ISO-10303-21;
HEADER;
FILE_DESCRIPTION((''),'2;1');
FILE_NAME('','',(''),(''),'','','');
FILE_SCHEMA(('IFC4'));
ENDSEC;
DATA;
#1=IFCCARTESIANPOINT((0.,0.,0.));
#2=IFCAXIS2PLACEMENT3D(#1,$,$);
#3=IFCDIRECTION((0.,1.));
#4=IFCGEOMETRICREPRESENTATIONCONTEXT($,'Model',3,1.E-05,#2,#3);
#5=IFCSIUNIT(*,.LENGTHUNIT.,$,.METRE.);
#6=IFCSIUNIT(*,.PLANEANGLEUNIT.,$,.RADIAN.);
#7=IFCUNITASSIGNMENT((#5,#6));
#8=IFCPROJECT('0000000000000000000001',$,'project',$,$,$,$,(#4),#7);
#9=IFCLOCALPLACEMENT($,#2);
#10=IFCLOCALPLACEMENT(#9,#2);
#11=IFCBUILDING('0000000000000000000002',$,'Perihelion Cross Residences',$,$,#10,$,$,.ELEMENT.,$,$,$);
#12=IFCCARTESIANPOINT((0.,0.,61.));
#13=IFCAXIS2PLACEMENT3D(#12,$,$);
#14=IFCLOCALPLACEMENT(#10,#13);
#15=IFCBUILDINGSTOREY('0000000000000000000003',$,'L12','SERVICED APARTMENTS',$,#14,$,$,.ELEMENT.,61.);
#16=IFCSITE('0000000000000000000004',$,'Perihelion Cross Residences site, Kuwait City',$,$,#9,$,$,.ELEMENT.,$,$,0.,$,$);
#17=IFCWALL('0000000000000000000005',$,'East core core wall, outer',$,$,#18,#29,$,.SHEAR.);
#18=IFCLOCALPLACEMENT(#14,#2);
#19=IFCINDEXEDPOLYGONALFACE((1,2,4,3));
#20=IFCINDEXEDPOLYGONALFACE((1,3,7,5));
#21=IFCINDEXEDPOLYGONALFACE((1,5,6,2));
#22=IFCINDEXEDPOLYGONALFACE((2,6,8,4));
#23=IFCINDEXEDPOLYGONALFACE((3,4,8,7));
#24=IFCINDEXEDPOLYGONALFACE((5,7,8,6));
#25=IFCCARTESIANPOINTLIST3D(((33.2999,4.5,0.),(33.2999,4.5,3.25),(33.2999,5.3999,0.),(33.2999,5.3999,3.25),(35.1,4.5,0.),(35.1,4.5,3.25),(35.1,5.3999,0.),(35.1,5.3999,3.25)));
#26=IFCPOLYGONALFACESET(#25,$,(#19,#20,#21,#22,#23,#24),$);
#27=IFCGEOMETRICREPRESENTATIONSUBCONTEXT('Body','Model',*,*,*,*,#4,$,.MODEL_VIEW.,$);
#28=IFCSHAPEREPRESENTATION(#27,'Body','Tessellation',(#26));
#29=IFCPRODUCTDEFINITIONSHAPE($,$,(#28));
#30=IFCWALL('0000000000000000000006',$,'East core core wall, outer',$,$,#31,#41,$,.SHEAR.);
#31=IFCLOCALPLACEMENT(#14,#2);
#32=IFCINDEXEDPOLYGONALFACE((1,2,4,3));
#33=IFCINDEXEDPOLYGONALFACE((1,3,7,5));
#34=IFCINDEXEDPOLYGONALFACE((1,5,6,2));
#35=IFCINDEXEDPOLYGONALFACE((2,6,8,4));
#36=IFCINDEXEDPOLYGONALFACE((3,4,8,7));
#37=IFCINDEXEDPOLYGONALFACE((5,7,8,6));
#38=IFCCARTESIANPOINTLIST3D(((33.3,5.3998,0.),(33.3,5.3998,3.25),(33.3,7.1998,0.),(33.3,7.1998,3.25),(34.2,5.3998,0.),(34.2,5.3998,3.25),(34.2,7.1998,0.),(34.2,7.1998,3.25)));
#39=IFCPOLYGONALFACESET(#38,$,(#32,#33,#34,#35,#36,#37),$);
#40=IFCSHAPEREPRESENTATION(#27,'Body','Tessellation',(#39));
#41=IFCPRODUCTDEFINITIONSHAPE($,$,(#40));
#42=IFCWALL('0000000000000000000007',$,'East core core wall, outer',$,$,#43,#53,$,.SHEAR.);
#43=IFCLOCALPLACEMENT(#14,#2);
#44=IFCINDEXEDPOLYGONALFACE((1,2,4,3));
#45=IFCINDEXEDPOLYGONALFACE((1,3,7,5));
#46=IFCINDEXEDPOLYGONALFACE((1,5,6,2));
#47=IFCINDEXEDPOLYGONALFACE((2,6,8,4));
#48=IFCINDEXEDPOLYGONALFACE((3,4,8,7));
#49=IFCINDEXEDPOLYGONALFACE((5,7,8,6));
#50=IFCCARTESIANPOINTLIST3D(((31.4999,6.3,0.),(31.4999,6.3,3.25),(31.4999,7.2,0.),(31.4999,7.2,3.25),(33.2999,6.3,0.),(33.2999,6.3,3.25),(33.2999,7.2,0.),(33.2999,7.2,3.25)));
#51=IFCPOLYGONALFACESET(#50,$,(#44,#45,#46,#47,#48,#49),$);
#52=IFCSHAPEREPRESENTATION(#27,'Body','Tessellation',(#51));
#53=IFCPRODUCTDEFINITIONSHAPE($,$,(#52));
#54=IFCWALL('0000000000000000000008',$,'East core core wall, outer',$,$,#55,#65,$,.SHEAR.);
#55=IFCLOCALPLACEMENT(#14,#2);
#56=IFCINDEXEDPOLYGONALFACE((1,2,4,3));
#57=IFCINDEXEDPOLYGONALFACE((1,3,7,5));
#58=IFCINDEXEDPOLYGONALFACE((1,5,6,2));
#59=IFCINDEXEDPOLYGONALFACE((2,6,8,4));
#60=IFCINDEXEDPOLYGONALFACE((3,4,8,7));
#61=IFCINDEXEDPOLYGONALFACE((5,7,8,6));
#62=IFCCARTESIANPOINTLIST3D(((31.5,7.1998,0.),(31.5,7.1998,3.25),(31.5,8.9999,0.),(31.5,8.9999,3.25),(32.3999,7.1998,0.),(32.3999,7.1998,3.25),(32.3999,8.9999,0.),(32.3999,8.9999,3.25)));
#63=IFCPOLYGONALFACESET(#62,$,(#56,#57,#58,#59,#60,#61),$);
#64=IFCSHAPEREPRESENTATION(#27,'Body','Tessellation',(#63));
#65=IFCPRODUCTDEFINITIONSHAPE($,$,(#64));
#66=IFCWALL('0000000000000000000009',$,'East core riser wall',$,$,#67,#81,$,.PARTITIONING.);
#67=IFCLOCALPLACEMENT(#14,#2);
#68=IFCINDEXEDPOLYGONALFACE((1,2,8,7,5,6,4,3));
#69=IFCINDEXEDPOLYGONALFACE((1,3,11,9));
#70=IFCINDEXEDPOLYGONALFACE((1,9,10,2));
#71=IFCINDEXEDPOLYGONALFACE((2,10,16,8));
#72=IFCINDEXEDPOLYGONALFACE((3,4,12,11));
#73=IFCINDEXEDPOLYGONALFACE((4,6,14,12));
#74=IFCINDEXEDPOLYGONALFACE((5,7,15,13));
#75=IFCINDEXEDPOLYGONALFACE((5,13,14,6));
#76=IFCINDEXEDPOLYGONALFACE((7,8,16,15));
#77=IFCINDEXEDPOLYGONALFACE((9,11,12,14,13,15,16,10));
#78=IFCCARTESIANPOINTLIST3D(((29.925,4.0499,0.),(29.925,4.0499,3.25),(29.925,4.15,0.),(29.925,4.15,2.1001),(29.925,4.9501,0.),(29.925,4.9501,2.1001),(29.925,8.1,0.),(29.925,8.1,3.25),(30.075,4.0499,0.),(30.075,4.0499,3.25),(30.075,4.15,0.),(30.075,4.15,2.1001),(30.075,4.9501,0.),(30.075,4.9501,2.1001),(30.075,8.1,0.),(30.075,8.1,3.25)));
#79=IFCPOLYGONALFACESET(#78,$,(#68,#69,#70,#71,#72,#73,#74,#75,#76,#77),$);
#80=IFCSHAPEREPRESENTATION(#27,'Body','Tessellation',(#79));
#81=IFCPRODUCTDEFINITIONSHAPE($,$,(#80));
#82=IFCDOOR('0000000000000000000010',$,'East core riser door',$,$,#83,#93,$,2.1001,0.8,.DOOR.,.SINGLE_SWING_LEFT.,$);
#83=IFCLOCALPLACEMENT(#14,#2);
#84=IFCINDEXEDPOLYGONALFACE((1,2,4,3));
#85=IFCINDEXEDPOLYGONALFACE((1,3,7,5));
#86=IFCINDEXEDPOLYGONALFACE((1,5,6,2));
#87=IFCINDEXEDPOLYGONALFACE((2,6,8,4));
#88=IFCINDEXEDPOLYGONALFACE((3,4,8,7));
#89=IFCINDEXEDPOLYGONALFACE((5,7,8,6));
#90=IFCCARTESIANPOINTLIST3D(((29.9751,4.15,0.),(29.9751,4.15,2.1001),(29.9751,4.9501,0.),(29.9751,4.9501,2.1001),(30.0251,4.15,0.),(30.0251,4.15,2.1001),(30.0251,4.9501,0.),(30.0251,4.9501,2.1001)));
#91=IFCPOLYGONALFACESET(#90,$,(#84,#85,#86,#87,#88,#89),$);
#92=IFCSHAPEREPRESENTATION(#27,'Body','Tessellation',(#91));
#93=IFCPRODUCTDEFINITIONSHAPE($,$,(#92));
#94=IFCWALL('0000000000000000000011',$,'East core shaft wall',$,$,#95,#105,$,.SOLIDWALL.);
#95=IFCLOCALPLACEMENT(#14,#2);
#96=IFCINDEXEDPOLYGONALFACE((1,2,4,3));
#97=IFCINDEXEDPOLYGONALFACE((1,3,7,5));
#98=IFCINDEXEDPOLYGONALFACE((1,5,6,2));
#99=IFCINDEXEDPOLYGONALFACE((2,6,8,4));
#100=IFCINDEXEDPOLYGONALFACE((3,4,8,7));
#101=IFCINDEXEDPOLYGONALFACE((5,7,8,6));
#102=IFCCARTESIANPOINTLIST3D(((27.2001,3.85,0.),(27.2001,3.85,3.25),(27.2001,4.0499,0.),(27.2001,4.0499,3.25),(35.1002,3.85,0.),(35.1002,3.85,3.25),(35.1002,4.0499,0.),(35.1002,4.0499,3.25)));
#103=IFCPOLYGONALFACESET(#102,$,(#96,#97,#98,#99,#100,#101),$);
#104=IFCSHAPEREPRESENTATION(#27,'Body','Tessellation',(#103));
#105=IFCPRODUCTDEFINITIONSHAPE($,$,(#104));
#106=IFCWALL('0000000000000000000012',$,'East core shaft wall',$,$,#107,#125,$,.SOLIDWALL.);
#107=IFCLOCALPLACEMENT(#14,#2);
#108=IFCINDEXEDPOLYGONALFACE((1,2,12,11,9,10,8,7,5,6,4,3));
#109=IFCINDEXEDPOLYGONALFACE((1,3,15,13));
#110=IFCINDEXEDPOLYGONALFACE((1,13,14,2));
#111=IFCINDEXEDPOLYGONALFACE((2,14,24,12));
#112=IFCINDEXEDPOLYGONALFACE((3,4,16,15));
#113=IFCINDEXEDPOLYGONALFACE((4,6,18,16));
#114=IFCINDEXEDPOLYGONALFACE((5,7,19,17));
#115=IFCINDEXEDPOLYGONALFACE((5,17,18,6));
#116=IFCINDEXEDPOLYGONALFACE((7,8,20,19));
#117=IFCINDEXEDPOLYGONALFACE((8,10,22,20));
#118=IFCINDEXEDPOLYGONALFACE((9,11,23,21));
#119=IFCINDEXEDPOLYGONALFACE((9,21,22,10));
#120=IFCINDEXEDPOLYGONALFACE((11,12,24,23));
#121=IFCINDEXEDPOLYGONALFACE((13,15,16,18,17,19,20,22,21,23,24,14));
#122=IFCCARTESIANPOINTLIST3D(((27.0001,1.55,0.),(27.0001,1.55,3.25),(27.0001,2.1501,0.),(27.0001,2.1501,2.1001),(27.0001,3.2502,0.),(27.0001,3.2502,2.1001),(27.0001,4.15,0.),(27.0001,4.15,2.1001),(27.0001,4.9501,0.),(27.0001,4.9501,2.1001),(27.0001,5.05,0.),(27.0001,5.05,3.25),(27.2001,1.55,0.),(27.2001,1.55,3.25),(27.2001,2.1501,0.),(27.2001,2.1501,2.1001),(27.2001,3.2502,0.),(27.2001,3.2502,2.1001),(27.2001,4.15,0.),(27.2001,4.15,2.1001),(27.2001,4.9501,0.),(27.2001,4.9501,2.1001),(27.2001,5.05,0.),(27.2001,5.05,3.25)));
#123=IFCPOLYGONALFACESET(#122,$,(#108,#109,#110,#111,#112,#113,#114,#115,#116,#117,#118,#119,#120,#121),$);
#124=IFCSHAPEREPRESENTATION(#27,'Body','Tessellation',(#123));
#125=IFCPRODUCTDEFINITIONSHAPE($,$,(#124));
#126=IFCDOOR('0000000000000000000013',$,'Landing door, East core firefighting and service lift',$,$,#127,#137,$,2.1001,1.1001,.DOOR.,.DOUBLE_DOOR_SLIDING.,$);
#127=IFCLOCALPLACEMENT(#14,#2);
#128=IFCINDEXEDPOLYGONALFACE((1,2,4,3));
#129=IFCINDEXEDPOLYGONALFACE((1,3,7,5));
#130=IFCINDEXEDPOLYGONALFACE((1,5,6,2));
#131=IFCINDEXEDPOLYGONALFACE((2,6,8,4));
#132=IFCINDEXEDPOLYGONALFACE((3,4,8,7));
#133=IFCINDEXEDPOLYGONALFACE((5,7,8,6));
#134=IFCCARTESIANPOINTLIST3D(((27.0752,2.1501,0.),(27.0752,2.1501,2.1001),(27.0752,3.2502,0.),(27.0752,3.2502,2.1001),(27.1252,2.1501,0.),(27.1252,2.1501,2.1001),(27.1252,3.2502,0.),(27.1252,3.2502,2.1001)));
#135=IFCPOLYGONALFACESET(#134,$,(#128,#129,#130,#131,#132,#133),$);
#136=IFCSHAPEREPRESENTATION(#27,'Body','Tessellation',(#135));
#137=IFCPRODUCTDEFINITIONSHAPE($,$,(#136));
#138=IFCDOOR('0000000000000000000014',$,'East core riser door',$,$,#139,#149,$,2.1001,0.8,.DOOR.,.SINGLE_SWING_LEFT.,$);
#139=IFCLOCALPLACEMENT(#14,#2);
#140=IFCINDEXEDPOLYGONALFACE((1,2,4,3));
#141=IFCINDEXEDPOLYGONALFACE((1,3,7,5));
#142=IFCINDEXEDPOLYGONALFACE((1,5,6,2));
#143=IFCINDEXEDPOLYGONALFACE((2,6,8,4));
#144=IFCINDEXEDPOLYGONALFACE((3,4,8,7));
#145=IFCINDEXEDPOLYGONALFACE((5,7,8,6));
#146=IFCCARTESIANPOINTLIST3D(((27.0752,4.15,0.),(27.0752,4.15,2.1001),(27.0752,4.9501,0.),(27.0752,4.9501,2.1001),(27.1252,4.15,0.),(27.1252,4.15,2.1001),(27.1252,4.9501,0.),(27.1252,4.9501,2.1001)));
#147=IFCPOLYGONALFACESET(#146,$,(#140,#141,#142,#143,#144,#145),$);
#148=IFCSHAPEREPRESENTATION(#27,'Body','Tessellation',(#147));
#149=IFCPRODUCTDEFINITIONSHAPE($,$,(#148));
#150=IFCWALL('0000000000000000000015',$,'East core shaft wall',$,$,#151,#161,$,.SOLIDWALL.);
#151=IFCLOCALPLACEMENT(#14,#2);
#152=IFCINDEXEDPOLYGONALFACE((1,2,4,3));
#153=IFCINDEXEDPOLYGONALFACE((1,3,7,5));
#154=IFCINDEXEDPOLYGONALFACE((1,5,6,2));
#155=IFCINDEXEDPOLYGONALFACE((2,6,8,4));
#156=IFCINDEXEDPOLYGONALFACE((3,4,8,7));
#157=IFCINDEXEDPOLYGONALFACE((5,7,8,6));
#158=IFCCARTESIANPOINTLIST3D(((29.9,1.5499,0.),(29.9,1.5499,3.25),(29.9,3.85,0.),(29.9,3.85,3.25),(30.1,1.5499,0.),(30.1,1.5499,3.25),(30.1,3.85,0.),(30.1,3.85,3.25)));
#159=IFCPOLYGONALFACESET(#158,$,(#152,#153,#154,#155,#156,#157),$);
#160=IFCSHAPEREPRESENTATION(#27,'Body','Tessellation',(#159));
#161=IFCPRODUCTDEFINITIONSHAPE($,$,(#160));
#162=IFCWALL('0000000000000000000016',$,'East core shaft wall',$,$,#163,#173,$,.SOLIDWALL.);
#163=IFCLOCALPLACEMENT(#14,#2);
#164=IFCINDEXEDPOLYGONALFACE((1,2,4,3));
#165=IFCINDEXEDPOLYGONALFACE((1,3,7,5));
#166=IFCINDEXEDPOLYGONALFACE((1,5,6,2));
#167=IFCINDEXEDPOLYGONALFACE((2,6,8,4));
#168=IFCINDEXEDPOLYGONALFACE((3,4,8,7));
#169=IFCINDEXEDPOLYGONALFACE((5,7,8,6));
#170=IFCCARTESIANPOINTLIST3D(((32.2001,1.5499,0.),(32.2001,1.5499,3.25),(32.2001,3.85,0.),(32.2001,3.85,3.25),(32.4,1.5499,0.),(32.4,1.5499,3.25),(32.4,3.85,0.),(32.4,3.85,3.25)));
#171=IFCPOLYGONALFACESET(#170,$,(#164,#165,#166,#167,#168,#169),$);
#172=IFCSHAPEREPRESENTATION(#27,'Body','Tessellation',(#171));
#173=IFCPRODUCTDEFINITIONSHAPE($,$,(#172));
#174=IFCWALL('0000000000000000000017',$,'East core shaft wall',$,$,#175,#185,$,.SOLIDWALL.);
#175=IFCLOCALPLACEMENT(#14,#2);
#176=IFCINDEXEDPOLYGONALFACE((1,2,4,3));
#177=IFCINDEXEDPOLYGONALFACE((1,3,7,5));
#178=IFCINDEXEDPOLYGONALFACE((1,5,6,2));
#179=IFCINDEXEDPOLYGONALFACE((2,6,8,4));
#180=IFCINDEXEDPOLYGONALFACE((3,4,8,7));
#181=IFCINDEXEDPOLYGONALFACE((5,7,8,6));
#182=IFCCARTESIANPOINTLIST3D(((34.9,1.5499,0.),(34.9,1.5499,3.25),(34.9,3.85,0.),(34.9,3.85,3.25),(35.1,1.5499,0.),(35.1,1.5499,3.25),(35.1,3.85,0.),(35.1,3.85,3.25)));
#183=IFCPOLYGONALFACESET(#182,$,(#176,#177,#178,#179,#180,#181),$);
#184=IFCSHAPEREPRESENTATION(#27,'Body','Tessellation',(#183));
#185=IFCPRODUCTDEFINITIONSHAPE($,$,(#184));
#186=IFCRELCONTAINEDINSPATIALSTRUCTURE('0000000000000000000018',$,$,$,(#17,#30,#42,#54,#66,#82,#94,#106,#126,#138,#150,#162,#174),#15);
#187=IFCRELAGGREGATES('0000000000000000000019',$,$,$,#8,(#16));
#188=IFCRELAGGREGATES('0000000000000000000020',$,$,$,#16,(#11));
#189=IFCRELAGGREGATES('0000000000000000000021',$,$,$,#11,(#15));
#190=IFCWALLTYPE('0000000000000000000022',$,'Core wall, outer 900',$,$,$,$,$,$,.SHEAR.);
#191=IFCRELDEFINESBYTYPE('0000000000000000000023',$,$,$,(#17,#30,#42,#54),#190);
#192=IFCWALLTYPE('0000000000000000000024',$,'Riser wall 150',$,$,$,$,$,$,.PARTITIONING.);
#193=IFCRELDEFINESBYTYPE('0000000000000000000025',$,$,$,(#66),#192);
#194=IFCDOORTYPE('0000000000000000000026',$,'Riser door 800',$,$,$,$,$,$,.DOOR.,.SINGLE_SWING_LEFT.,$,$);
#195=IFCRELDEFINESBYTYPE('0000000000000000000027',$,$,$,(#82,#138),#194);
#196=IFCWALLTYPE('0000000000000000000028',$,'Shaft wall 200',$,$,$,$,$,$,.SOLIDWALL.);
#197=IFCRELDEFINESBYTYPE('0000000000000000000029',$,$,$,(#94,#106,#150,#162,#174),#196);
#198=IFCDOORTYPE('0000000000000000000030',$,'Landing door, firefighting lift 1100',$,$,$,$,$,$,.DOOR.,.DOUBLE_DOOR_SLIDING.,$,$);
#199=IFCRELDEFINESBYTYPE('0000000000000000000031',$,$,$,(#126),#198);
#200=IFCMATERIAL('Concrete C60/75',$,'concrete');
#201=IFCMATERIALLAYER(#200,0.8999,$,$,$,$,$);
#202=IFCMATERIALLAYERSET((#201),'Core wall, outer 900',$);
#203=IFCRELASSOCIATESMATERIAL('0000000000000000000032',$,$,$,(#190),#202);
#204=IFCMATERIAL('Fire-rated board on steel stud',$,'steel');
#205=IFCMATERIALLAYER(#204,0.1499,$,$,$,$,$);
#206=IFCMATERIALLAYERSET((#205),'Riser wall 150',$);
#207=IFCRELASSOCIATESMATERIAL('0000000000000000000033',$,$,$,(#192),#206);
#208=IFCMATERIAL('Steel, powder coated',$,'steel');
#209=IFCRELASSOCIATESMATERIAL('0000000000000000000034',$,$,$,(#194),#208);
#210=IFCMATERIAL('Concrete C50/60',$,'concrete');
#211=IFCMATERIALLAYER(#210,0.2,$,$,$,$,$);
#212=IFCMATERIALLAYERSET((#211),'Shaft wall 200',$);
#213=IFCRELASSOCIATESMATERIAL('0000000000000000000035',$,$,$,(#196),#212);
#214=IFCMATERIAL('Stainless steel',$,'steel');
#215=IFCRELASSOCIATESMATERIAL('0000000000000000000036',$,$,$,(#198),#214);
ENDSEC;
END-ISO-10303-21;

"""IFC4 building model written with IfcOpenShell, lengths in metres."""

from ifc_helpers import new_model, si_unit, direction, frame, frame_2d, origin, place, context, subcontext, project, spatial, rectangle, extrude, material, layer, layer_set, type_object, element, fill, save


model = new_model("IFC4")

# Units and contexts
model_context = context("Model", 3, precision=1e-05, world=origin(), true_north=direction((0.0, 1.0)))
body_context = subcontext(model_context, "Body", "Model", "MODEL_VIEW")
ifc_project = project(units=[si_unit("LENGTHUNIT", "METRE"), si_unit("PLANEANGLEUNIT", "RADIAN")], contexts=[model_context])

# Site, building, storey
site_placement = place(None, origin())
site = spatial("IfcSite", under=ifc_project, at=site_placement, Name="Perihelion Cross Residences site, Kuwait City", CompositionType="ELEMENT", RefElevation=0.0)
building_placement = place(site_placement, origin())
building = spatial("IfcBuilding", under=site, at=building_placement, Name="Perihelion Cross Residences", CompositionType="ELEMENT")
storey_placement = place(building_placement, frame((0.0, 0.0, 61.0)))
storey = spatial("IfcBuildingStorey", under=building, at=storey_placement, Name="L12", Description="SERVICED APARTMENTS", CompositionType="ELEMENT", Elevation=61.0)

# Walls
ifc_material_1 = material(Name="Concrete C60/75", Category="concrete")
ifc_layer_1 = layer(ifc_material_1, 0.8999)
ifc_layer_set_1 = layer_set([ifc_layer_1], Name="Core wall, outer 900")
wall_type_1 = type_object("IfcWallType", Name="Core wall, outer 900", PredefinedType="SHEAR", material=ifc_layer_set_1)
for number, where, z_axis, x_axis, name in (
    (1, (33.3, 4.95, 0.0), (0.0, 0.0, 1.0), (1.0, 0.0, 0.0), "East core core wall, outer"),
    (2, (33.75, 5.3999, 0.0), (0.0, 0.0, 1.0), (0.0, 1.0, 0.0), "East core core wall, outer"),
    (3, (31.5, 6.75, 0.0), (0.0, 0.0, 1.0), (1.0, 0.0, 0.0), "East core core wall, outer"),
    (4, (31.95, 7.2, 0.0), (0.0, 0.0, 1.0), (0.0, 1.0, 0.0), "East core core wall, outer"),
):
    element("IfcWall", number, at=place(storey_placement, frame(where, z_axis=z_axis, x_axis=x_axis)), inside=storey, type_object=wall_type_1, Name=name, PredefinedType="SHEAR", context=body_context, shape_type="SweptSolid", body=[
        extrude(rectangle(XDim=1.8, YDim=0.8999, at=frame_2d((0.8999, 0.0))), origin(), (0.0, 0.0, 1.0), 3.25),
    ])

# Wall, opening, door
ifc_material_2 = material(Name="Fire-rated board on steel stud", Category="steel")
ifc_layer_2 = layer(ifc_material_2, 0.1499)
ifc_layer_set_2 = layer_set([ifc_layer_2], Name="Riser wall 150")
wall_type_2 = type_object("IfcWallType", Name="Riser wall 150", PredefinedType="PARTITIONING", material=ifc_layer_set_2)
wall_1_placement = place(storey_placement, frame((30.0, 4.05, 0.0), z_axis=(0.0, 0.0, 1.0), x_axis=(0.0, 1.0, 0.0)))
wall_1 = element("IfcWall", 5, at=wall_1_placement, inside=storey, type_object=wall_type_2, Name="East core riser wall", PredefinedType="PARTITIONING", context=body_context, shape_type="SweptSolid", body=[
    extrude(rectangle(XDim=4.05, YDim=0.1499, at=frame_2d((2.0249, 0.0))), origin(), (0.0, 0.0, 1.0), 3.25),
])
opening_1_placement = place(wall_1_placement, frame((0.1001, 0.0, 0.0)))
opening_1 = element("IfcOpeningElement", 6, at=opening_1_placement, cuts=wall_1, PredefinedType="OPENING", context=body_context, shape_type="SweptSolid", body=[
    extrude(rectangle(XDim=0.8, YDim=2.1001, at=frame_2d((0.3999, 1.05))), frame((0.0, 0.085, 0.0), z_axis=(0.0, -1.0, 0.0), x_axis=(1.0, 0.0, 0.0)), (0.0, 0.0, 1.0), 0.1699),
])
ifc_material_3 = material(Name="Steel, powder coated", Category="steel")
door_type_1 = type_object("IfcDoorType", Name="Riser door 800", OperationType="SINGLE_SWING_LEFT", PredefinedType="DOOR", material=ifc_material_3)
door_1_placement = place(opening_1_placement, origin())
door_1 = element("IfcDoor", 7, at=door_1_placement, inside=storey, type_object=door_type_1, Name="East core riser door", OperationType="SINGLE_SWING_LEFT", OverallHeight=2.1001, OverallWidth=0.8, PredefinedType="DOOR", context=body_context, shape_type="SweptSolid", body=[
    extrude(rectangle(XDim=0.8, YDim=2.1001, at=frame_2d((0.3999, 1.05))), frame((0.0, 0.0249, 0.0), z_axis=(0.0, -1.0, 0.0), x_axis=(1.0, 0.0, 0.0)), (0.0, 0.0, 1.0), 0.05),
])
fill(opening_1, door_1)

# Wall
ifc_material_4 = material(Name="Concrete C50/60", Category="concrete")
ifc_layer_3 = layer(ifc_material_4, 0.2)
ifc_layer_set_3 = layer_set([ifc_layer_3], Name="Shaft wall 200")
wall_type_3 = type_object("IfcWallType", Name="Shaft wall 200", PredefinedType="SOLIDWALL", material=ifc_layer_set_3)
wall_2_placement = place(storey_placement, frame((27.2, 3.95, 0.0), z_axis=(0.0, 0.0, 1.0), x_axis=(1.0, 0.0, 0.0)))
element("IfcWall", 8, at=wall_2_placement, inside=storey, type_object=wall_type_3, Name="East core shaft wall", PredefinedType="SOLIDWALL", context=body_context, shape_type="SweptSolid", body=[
    extrude(rectangle(XDim=7.9001, YDim=0.2, at=frame_2d((3.9502, 0.0))), origin(), (0.0, 0.0, 1.0), 3.25),
])

# Wall, openings, doors
wall_3_placement = place(storey_placement, frame((27.1001, 1.55, 0.0), z_axis=(0.0, 0.0, 1.0), x_axis=(0.0, 1.0, 0.0)))
wall_3 = element("IfcWall", 9, at=wall_3_placement, inside=storey, type_object=wall_type_3, Name="East core shaft wall", PredefinedType="SOLIDWALL", context=body_context, shape_type="SweptSolid", body=[
    extrude(rectangle(XDim=3.5, YDim=0.2, at=frame_2d((1.75, 0.0))), origin(), (0.0, 0.0, 1.0), 3.25),
])
opening_2_placement = place(wall_3_placement, frame((0.6001, 0.0, 0.0)))
opening_2 = element("IfcOpeningElement", 10, at=opening_2_placement, cuts=wall_3, PredefinedType="OPENING", context=body_context, shape_type="SweptSolid", body=[
    extrude(rectangle(XDim=1.1001, YDim=2.1001, at=frame_2d((0.55, 1.05))), frame((0.0, 0.1099, 0.0), z_axis=(0.0, -1.0, 0.0), x_axis=(1.0, 0.0, 0.0)), (0.0, 0.0, 1.0), 0.22),
])
opening_3_placement = place(wall_3_placement, frame((2.6001, 0.0, 0.0)))
opening_3 = element("IfcOpeningElement", 11, at=opening_3_placement, cuts=wall_3, PredefinedType="OPENING", context=body_context, shape_type="SweptSolid", body=[
    extrude(rectangle(XDim=0.8, YDim=2.1001, at=frame_2d((0.3999, 1.05))), frame((0.0, 0.1099, 0.0), z_axis=(0.0, -1.0, 0.0), x_axis=(1.0, 0.0, 0.0)), (0.0, 0.0, 1.0), 0.22),
])
ifc_material_5 = material(Name="Stainless steel", Category="steel")
door_type_2 = type_object("IfcDoorType", Name="Landing door, firefighting lift 1100", OperationType="DOUBLE_DOOR_SLIDING", PredefinedType="DOOR", material=ifc_material_5)
door_2_placement = place(opening_2_placement, origin())
door_2 = element("IfcDoor", 12, at=door_2_placement, inside=storey, type_object=door_type_2, Name="Landing door, East core firefighting and service lift", OperationType="DOUBLE_DOOR_SLIDING", OverallHeight=2.1001, OverallWidth=1.1001, PredefinedType="DOOR", context=body_context, shape_type="SweptSolid", body=[
    extrude(rectangle(XDim=1.1001, YDim=2.1001, at=frame_2d((0.55, 1.05))), frame((0.0, 0.0249, 0.0), z_axis=(0.0, -1.0, 0.0), x_axis=(1.0, 0.0, 0.0)), (0.0, 0.0, 1.0), 0.05),
])
fill(opening_2, door_2)
door_3_placement = place(opening_3_placement, origin())
door_3 = element("IfcDoor", 13, at=door_3_placement, inside=storey, type_object=door_type_1, Name="East core riser door", OperationType="SINGLE_SWING_LEFT", OverallHeight=2.1001, OverallWidth=0.8, PredefinedType="DOOR", context=body_context, shape_type="SweptSolid", body=[
    extrude(rectangle(XDim=0.8, YDim=2.1001, at=frame_2d((0.3999, 1.05))), frame((0.0, 0.0249, 0.0), z_axis=(0.0, -1.0, 0.0), x_axis=(1.0, 0.0, 0.0)), (0.0, 0.0, 1.0), 0.05),
])
fill(opening_3, door_3)

# Walls
for number, where, z_axis, x_axis, name in (
    (14, (30.0, 1.55, 0.0), (0.0, 0.0, 1.0), (0.0, 1.0, 0.0), "East core shaft wall"),
    (15, (32.3, 1.55, 0.0), (0.0, 0.0, 1.0), (0.0, 1.0, 0.0), "East core shaft wall"),
    (16, (35.0, 1.55, 0.0), (0.0, 0.0, 1.0), (0.0, 1.0, 0.0), "East core shaft wall"),
):
    element("IfcWall", number, at=place(storey_placement, frame(where, z_axis=z_axis, x_axis=x_axis)), inside=storey, type_object=wall_type_3, Name=name, PredefinedType="SOLIDWALL", context=body_context, shape_type="SweptSolid", body=[
        extrude(rectangle(XDim=2.3, YDim=0.2, at=frame_2d((1.1499, 0.0))), origin(), (0.0, 0.0, 1.0), 3.25),
    ])

save(model, "model.ifc")
